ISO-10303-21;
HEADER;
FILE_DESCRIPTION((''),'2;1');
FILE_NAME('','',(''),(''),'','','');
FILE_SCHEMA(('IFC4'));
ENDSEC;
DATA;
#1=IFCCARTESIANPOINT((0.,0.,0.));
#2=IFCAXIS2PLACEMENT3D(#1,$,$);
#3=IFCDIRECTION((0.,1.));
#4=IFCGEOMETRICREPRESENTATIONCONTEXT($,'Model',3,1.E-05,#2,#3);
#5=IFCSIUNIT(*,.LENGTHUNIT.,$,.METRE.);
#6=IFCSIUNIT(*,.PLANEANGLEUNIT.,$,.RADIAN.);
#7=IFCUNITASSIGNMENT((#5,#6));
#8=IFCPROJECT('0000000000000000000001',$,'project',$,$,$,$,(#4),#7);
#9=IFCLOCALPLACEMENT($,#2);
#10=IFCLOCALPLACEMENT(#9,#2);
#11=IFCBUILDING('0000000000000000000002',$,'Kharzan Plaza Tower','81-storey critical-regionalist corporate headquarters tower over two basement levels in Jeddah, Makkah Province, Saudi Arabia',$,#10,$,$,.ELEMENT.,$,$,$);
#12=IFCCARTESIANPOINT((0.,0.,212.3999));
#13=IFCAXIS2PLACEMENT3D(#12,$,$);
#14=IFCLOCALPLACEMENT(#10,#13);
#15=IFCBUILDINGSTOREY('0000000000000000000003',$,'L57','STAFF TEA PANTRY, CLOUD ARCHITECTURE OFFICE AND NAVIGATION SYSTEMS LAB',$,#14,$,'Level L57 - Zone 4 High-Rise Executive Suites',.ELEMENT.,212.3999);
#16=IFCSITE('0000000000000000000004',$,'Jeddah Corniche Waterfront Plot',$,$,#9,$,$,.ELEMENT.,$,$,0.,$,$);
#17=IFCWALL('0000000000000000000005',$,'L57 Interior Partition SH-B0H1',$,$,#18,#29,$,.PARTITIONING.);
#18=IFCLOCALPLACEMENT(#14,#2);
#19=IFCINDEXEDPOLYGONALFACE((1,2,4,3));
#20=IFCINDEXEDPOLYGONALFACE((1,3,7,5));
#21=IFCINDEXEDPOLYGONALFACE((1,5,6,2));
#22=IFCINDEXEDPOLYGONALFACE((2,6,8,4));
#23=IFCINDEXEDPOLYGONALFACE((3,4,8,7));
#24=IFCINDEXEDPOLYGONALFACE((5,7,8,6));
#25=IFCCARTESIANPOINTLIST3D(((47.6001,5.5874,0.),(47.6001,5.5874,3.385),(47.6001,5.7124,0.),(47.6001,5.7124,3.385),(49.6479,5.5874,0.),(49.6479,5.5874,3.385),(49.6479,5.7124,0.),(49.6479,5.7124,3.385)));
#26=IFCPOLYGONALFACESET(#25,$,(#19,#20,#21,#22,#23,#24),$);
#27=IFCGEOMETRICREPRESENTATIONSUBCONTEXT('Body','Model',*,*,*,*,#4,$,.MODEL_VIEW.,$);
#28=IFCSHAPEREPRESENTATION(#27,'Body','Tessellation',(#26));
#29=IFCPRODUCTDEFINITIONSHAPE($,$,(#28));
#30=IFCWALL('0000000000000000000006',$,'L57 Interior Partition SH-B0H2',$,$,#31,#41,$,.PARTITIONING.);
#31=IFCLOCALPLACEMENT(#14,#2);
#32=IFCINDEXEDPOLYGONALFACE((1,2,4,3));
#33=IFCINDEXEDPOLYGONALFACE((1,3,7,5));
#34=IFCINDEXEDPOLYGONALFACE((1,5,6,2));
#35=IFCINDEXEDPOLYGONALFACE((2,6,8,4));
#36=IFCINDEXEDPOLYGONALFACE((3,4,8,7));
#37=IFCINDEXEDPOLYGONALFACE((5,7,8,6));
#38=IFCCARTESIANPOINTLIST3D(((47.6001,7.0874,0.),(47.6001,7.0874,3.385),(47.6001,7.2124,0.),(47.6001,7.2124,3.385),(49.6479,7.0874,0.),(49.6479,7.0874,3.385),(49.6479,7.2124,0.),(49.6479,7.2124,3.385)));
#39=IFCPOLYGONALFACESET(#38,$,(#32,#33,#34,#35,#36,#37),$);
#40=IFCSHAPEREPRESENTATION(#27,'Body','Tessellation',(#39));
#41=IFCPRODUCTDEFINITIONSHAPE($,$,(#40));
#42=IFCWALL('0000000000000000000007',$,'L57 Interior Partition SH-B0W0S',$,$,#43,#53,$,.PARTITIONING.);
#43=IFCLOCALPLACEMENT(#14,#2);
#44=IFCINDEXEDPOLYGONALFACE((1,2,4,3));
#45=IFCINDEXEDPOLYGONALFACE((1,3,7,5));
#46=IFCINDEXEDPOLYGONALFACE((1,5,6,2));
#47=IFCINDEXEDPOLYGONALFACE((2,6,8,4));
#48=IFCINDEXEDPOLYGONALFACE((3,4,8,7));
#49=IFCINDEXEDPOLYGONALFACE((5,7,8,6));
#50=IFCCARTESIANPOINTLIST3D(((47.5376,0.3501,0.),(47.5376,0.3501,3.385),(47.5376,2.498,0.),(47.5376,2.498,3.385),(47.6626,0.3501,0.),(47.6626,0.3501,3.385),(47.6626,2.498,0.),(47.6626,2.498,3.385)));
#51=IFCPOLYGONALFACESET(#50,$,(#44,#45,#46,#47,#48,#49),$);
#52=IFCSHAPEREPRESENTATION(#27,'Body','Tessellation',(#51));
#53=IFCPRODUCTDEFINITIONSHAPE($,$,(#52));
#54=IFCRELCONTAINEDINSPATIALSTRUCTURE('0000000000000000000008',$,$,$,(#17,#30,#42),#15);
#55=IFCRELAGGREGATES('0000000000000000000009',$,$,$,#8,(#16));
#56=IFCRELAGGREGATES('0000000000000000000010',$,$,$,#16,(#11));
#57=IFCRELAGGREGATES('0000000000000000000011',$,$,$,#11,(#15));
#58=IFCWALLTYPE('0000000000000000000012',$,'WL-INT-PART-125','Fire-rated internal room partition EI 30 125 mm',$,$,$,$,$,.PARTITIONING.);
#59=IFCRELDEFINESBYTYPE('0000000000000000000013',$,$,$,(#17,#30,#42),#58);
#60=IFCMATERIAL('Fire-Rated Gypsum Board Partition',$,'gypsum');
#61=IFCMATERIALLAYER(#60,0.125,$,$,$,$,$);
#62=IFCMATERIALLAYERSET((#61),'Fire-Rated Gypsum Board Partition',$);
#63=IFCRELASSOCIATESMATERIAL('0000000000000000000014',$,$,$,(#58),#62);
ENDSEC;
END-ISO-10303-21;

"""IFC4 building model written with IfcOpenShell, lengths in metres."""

from ifc_helpers import new_model, si_unit, direction, frame, frame_2d, origin, place, context, subcontext, project, spatial, rectangle, extrude, source, transform, mapped, material, layer, layer_set, type_object, element, save


model = new_model("IFC4")

# Units and contexts
model_context = context("Model", 3, precision=1e-05, world=origin(), true_north=direction((0.0, 1.0)))
body_context = subcontext(model_context, "Body", "Model", "MODEL_VIEW")
ifc_project = project(units=[si_unit("LENGTHUNIT", "METRE"), si_unit("PLANEANGLEUNIT", "RADIAN")], contexts=[model_context])

# Site, building, storey
site_placement = place(None, origin())
site = spatial("IfcSite", under=ifc_project, at=site_placement, Name="Jeddah Corniche Waterfront Plot", CompositionType="ELEMENT", RefElevation=0.0)
building_placement = place(site_placement, origin())
building = spatial("IfcBuilding", under=site, at=building_placement, Name="Kharzan Plaza Tower", Description="81-storey critical-regionalist corporate headquarters tower over two basement levels in Jeddah, Makkah Province, Saudi Arabia", CompositionType="ELEMENT")
storey_placement = place(building_placement, frame((0.0, 0.0, 212.3999)))
storey = spatial("IfcBuildingStorey", under=building, at=storey_placement, Name="L57", Description="STAFF TEA PANTRY, CLOUD ARCHITECTURE OFFICE AND NAVIGATION SYSTEMS LAB", LongName="Level L57 - Zone 4 High-Rise Executive Suites", CompositionType="ELEMENT", Elevation=212.3999)

# Shared definitions
ifc_material_1 = material(Name="Fire-Rated Gypsum Board Partition", Category="gypsum")
ifc_layer_1 = layer(ifc_material_1, 0.125)
ifc_layer_set_1 = layer_set([ifc_layer_1], Name="Fire-Rated Gypsum Board Partition")
wall_type_1 = type_object("IfcWallType", Name="WL-INT-PART-125", Description="Fire-rated internal room partition EI 30 125 mm", PredefinedType="PARTITIONING", material=ifc_layer_set_1)

# Walls
shared_shape_1 = source(origin(), body_context, "Body", "SweptSolid", [
    extrude(rectangle(XDim=2.0479, YDim=0.125, at=frame_2d((1.0239, 0.0))), origin(), (0.0, 0.0, 1.0), 3.385),
])
for number, where, z_axis, x_axis, name in (
    (1, (47.6001, 5.6499, 0.0), (0.0, 0.0, 1.0), (1.0, 0.0, 0.0), "L57 Interior Partition SH-B0H1"),
    (2, (47.6001, 7.1499, 0.0), (0.0, 0.0, 1.0), (1.0, 0.0, 0.0), "L57 Interior Partition SH-B0H2"),
):
    element("IfcWall", number, at=place(storey_placement, frame(where, z_axis=z_axis, x_axis=x_axis)), inside=storey, type_object=wall_type_1, Name=name, PredefinedType="PARTITIONING", context=body_context, shape_type="MappedRepresentation", body=[
        mapped(shared_shape_1, transform((0.0, 0.0, 0.0), x_axis=(1.0, 0.0, 0.0), y_axis=(0.0, 1.0, 0.0), z_axis=(0.0, 0.0, 1.0))),
    ])
shared_shape_2 = source(origin(), body_context, "Body", "SweptSolid", [
    extrude(rectangle(XDim=2.1479, YDim=0.125, at=frame_2d((1.074, 0.0))), origin(), (0.0, 0.0, 1.0), 3.385),
])
wall_1_placement = place(storey_placement, frame((47.6001, 0.3501, 0.0), z_axis=(0.0, 0.0, 1.0), x_axis=(0.0, 1.0, 0.0)))
element("IfcWall", 3, at=wall_1_placement, inside=storey, type_object=wall_type_1, Name="L57 Interior Partition SH-B0W0S", PredefinedType="PARTITIONING", context=body_context, shape_type="MappedRepresentation", body=[
    mapped(shared_shape_2, transform((0.0, 0.0, 0.0), x_axis=(1.0, 0.0, 0.0), y_axis=(0.0, 1.0, 0.0), z_axis=(0.0, 0.0, 1.0))),
])

save(model, "model.ifc")
